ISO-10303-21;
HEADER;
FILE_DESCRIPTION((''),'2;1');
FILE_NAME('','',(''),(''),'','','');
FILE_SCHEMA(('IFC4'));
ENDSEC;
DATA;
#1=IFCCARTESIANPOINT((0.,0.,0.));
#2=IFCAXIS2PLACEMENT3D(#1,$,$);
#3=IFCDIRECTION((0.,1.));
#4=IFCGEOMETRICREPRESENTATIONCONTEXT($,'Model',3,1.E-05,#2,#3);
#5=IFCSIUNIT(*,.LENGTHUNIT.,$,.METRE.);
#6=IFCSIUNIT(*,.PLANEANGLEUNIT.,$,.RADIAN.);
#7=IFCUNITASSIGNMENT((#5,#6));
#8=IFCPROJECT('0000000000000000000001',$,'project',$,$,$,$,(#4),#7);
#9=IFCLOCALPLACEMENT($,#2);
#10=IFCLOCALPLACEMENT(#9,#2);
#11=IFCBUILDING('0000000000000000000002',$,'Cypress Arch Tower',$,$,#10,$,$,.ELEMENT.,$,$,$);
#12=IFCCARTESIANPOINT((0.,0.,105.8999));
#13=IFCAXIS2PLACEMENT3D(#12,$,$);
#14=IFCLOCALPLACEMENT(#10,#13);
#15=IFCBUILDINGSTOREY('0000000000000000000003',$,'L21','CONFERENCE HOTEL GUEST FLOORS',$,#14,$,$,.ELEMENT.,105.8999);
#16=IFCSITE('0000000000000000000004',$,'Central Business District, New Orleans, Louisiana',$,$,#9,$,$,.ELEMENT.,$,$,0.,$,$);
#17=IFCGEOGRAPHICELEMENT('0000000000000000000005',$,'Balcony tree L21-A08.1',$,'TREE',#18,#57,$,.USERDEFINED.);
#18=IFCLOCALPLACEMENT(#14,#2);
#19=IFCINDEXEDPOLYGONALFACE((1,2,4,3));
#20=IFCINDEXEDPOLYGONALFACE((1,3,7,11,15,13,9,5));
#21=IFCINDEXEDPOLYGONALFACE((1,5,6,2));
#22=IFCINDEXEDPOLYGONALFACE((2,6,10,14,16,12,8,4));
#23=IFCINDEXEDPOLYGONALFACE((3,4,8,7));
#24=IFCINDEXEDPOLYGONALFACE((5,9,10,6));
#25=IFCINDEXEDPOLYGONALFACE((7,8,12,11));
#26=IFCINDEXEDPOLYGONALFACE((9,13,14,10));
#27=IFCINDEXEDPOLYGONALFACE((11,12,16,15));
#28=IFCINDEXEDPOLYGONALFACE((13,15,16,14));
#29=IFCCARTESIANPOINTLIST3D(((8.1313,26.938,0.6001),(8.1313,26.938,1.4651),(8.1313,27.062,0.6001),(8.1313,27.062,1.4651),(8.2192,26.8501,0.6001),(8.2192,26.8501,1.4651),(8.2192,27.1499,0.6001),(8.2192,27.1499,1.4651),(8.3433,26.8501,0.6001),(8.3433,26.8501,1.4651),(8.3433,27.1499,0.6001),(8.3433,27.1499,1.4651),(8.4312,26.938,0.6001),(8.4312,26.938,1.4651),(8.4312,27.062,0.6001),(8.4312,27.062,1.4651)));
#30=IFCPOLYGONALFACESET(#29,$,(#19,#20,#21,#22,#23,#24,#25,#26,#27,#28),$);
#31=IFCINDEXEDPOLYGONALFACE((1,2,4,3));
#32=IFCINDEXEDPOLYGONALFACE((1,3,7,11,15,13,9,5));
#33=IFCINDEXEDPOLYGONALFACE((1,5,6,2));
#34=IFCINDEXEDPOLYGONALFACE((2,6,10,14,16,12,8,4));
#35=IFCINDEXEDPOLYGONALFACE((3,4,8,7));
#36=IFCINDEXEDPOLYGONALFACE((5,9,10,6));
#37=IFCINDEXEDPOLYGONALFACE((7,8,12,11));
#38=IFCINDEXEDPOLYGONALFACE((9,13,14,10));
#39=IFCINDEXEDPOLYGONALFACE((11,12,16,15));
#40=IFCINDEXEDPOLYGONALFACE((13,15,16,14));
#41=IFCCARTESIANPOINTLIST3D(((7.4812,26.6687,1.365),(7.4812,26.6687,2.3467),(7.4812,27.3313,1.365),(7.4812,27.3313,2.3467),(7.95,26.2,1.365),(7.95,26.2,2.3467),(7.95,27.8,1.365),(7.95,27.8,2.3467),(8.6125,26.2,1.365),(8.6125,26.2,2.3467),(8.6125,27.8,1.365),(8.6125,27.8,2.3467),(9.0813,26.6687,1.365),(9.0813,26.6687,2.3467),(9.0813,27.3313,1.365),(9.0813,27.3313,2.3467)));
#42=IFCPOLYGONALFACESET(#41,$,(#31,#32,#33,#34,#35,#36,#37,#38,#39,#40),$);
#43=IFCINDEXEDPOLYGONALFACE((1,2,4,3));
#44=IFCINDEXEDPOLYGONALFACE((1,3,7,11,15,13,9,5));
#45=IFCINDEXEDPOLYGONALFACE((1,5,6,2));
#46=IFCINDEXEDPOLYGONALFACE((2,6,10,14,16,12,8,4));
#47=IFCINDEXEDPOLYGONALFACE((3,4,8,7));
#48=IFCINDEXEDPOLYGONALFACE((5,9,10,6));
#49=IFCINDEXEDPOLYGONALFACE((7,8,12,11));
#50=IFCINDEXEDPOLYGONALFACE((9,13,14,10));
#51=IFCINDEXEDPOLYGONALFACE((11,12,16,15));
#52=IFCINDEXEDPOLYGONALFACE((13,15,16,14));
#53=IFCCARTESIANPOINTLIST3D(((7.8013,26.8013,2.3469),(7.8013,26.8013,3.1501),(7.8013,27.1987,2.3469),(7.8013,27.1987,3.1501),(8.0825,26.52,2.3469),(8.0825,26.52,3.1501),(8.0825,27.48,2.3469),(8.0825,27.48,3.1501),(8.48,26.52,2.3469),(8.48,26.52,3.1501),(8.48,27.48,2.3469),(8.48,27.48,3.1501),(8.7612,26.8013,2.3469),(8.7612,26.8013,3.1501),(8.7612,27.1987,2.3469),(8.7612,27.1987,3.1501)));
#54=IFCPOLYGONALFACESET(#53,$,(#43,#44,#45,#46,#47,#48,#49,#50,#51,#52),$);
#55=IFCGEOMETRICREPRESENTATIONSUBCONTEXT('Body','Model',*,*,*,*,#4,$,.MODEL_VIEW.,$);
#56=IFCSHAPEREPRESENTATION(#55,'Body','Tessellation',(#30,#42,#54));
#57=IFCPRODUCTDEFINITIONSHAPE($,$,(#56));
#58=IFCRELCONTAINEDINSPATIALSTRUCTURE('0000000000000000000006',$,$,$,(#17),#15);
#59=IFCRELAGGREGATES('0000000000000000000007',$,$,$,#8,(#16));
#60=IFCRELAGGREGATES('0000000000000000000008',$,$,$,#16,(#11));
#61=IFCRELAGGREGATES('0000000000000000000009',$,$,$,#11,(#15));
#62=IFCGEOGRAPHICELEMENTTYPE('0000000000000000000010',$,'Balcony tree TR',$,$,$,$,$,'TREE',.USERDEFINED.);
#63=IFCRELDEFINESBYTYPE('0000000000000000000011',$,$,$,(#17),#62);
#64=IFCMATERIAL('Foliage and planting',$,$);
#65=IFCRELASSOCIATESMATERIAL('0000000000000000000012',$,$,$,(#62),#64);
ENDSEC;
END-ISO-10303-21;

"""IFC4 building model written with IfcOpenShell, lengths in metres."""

from ifc_helpers import new_model, si_unit, direction, frame, origin, place, context, subcontext, project, spatial, polyline, outline, extrude, material, type_object, element, save


model = new_model("IFC4")

# Units and contexts
model_context = context("Model", 3, precision=1e-05, world=origin(), true_north=direction((0.0, 1.0)))
body_context = subcontext(model_context, "Body", "Model", "MODEL_VIEW")
ifc_project = project(units=[si_unit("LENGTHUNIT", "METRE"), si_unit("PLANEANGLEUNIT", "RADIAN")], contexts=[model_context])

# Site, building, storey
site_placement = place(None, origin())
site = spatial("IfcSite", under=ifc_project, at=site_placement, Name="Central Business District, New Orleans, Louisiana", CompositionType="ELEMENT", RefElevation=0.0)
building_placement = place(site_placement, origin())
building = spatial("IfcBuilding", under=site, at=building_placement, Name="Cypress Arch Tower", CompositionType="ELEMENT")
storey_placement = place(building_placement, frame((0.0, 0.0, 105.8999)))
storey = spatial("IfcBuildingStorey", under=building, at=storey_placement, Name="L21", Description="CONFERENCE HOTEL GUEST FLOORS", CompositionType="ELEMENT", Elevation=105.8999)

# Geographic element
ifc_material_1 = material(Name="Foliage and planting")
geographic_element_type = type_object("IfcGeographicElementType", Name="Balcony tree TR", ElementType="TREE", PredefinedType="USERDEFINED", material=ifc_material_1)
for number, where, z_axis, x_axis, name in (
    (1, (8.2812, 27.0, 0.6001), (0.0, 0.0, 1.0), (1.0, 0.0, 0.0), "Balcony tree L21-A08.1"),
):
    element("IfcGeographicElement", number, at=place(storey_placement, frame(where, z_axis=z_axis, x_axis=x_axis)), inside=storey, type_object=geographic_element_type, Name=name, ObjectType="TREE", PredefinedType="USERDEFINED", context=body_context, shape_type="SweptSolid", body=[
        extrude(outline(polyline([(0.1499, 0.062), (0.062, 0.1499), (-0.062, 0.1499), (-0.1499, 0.062), (-0.1499, -0.062), (-0.062, -0.1499), (0.062, -0.1499), (0.1499, -0.062), (0.1499, 0.062)])), origin(), (0.0, 0.0, 1.0), 0.865),
        extrude(outline(polyline([(0.8, 0.3313), (0.3313, 0.8), (-0.3313, 0.8), (-0.8, 0.3313), (-0.8, -0.3313), (-0.3313, -0.8), (0.3313, -0.8), (0.8, -0.3313), (0.8, 0.3313)])), frame((0.0, 0.0, 0.7649)), (0.0, 0.0, 1.0), 0.9817),
        extrude(outline(polyline([(0.48, 0.1987), (0.1987, 0.48), (-0.1987, 0.48), (-0.48, 0.1987), (-0.48, -0.1987), (-0.1987, -0.48), (0.1987, -0.48), (0.48, -0.1987), (0.48, 0.1987)])), frame((0.0, 0.0, 1.7468)), (0.0, 0.0, 1.0), 0.8032),
    ])

save(model, "model.ifc")
